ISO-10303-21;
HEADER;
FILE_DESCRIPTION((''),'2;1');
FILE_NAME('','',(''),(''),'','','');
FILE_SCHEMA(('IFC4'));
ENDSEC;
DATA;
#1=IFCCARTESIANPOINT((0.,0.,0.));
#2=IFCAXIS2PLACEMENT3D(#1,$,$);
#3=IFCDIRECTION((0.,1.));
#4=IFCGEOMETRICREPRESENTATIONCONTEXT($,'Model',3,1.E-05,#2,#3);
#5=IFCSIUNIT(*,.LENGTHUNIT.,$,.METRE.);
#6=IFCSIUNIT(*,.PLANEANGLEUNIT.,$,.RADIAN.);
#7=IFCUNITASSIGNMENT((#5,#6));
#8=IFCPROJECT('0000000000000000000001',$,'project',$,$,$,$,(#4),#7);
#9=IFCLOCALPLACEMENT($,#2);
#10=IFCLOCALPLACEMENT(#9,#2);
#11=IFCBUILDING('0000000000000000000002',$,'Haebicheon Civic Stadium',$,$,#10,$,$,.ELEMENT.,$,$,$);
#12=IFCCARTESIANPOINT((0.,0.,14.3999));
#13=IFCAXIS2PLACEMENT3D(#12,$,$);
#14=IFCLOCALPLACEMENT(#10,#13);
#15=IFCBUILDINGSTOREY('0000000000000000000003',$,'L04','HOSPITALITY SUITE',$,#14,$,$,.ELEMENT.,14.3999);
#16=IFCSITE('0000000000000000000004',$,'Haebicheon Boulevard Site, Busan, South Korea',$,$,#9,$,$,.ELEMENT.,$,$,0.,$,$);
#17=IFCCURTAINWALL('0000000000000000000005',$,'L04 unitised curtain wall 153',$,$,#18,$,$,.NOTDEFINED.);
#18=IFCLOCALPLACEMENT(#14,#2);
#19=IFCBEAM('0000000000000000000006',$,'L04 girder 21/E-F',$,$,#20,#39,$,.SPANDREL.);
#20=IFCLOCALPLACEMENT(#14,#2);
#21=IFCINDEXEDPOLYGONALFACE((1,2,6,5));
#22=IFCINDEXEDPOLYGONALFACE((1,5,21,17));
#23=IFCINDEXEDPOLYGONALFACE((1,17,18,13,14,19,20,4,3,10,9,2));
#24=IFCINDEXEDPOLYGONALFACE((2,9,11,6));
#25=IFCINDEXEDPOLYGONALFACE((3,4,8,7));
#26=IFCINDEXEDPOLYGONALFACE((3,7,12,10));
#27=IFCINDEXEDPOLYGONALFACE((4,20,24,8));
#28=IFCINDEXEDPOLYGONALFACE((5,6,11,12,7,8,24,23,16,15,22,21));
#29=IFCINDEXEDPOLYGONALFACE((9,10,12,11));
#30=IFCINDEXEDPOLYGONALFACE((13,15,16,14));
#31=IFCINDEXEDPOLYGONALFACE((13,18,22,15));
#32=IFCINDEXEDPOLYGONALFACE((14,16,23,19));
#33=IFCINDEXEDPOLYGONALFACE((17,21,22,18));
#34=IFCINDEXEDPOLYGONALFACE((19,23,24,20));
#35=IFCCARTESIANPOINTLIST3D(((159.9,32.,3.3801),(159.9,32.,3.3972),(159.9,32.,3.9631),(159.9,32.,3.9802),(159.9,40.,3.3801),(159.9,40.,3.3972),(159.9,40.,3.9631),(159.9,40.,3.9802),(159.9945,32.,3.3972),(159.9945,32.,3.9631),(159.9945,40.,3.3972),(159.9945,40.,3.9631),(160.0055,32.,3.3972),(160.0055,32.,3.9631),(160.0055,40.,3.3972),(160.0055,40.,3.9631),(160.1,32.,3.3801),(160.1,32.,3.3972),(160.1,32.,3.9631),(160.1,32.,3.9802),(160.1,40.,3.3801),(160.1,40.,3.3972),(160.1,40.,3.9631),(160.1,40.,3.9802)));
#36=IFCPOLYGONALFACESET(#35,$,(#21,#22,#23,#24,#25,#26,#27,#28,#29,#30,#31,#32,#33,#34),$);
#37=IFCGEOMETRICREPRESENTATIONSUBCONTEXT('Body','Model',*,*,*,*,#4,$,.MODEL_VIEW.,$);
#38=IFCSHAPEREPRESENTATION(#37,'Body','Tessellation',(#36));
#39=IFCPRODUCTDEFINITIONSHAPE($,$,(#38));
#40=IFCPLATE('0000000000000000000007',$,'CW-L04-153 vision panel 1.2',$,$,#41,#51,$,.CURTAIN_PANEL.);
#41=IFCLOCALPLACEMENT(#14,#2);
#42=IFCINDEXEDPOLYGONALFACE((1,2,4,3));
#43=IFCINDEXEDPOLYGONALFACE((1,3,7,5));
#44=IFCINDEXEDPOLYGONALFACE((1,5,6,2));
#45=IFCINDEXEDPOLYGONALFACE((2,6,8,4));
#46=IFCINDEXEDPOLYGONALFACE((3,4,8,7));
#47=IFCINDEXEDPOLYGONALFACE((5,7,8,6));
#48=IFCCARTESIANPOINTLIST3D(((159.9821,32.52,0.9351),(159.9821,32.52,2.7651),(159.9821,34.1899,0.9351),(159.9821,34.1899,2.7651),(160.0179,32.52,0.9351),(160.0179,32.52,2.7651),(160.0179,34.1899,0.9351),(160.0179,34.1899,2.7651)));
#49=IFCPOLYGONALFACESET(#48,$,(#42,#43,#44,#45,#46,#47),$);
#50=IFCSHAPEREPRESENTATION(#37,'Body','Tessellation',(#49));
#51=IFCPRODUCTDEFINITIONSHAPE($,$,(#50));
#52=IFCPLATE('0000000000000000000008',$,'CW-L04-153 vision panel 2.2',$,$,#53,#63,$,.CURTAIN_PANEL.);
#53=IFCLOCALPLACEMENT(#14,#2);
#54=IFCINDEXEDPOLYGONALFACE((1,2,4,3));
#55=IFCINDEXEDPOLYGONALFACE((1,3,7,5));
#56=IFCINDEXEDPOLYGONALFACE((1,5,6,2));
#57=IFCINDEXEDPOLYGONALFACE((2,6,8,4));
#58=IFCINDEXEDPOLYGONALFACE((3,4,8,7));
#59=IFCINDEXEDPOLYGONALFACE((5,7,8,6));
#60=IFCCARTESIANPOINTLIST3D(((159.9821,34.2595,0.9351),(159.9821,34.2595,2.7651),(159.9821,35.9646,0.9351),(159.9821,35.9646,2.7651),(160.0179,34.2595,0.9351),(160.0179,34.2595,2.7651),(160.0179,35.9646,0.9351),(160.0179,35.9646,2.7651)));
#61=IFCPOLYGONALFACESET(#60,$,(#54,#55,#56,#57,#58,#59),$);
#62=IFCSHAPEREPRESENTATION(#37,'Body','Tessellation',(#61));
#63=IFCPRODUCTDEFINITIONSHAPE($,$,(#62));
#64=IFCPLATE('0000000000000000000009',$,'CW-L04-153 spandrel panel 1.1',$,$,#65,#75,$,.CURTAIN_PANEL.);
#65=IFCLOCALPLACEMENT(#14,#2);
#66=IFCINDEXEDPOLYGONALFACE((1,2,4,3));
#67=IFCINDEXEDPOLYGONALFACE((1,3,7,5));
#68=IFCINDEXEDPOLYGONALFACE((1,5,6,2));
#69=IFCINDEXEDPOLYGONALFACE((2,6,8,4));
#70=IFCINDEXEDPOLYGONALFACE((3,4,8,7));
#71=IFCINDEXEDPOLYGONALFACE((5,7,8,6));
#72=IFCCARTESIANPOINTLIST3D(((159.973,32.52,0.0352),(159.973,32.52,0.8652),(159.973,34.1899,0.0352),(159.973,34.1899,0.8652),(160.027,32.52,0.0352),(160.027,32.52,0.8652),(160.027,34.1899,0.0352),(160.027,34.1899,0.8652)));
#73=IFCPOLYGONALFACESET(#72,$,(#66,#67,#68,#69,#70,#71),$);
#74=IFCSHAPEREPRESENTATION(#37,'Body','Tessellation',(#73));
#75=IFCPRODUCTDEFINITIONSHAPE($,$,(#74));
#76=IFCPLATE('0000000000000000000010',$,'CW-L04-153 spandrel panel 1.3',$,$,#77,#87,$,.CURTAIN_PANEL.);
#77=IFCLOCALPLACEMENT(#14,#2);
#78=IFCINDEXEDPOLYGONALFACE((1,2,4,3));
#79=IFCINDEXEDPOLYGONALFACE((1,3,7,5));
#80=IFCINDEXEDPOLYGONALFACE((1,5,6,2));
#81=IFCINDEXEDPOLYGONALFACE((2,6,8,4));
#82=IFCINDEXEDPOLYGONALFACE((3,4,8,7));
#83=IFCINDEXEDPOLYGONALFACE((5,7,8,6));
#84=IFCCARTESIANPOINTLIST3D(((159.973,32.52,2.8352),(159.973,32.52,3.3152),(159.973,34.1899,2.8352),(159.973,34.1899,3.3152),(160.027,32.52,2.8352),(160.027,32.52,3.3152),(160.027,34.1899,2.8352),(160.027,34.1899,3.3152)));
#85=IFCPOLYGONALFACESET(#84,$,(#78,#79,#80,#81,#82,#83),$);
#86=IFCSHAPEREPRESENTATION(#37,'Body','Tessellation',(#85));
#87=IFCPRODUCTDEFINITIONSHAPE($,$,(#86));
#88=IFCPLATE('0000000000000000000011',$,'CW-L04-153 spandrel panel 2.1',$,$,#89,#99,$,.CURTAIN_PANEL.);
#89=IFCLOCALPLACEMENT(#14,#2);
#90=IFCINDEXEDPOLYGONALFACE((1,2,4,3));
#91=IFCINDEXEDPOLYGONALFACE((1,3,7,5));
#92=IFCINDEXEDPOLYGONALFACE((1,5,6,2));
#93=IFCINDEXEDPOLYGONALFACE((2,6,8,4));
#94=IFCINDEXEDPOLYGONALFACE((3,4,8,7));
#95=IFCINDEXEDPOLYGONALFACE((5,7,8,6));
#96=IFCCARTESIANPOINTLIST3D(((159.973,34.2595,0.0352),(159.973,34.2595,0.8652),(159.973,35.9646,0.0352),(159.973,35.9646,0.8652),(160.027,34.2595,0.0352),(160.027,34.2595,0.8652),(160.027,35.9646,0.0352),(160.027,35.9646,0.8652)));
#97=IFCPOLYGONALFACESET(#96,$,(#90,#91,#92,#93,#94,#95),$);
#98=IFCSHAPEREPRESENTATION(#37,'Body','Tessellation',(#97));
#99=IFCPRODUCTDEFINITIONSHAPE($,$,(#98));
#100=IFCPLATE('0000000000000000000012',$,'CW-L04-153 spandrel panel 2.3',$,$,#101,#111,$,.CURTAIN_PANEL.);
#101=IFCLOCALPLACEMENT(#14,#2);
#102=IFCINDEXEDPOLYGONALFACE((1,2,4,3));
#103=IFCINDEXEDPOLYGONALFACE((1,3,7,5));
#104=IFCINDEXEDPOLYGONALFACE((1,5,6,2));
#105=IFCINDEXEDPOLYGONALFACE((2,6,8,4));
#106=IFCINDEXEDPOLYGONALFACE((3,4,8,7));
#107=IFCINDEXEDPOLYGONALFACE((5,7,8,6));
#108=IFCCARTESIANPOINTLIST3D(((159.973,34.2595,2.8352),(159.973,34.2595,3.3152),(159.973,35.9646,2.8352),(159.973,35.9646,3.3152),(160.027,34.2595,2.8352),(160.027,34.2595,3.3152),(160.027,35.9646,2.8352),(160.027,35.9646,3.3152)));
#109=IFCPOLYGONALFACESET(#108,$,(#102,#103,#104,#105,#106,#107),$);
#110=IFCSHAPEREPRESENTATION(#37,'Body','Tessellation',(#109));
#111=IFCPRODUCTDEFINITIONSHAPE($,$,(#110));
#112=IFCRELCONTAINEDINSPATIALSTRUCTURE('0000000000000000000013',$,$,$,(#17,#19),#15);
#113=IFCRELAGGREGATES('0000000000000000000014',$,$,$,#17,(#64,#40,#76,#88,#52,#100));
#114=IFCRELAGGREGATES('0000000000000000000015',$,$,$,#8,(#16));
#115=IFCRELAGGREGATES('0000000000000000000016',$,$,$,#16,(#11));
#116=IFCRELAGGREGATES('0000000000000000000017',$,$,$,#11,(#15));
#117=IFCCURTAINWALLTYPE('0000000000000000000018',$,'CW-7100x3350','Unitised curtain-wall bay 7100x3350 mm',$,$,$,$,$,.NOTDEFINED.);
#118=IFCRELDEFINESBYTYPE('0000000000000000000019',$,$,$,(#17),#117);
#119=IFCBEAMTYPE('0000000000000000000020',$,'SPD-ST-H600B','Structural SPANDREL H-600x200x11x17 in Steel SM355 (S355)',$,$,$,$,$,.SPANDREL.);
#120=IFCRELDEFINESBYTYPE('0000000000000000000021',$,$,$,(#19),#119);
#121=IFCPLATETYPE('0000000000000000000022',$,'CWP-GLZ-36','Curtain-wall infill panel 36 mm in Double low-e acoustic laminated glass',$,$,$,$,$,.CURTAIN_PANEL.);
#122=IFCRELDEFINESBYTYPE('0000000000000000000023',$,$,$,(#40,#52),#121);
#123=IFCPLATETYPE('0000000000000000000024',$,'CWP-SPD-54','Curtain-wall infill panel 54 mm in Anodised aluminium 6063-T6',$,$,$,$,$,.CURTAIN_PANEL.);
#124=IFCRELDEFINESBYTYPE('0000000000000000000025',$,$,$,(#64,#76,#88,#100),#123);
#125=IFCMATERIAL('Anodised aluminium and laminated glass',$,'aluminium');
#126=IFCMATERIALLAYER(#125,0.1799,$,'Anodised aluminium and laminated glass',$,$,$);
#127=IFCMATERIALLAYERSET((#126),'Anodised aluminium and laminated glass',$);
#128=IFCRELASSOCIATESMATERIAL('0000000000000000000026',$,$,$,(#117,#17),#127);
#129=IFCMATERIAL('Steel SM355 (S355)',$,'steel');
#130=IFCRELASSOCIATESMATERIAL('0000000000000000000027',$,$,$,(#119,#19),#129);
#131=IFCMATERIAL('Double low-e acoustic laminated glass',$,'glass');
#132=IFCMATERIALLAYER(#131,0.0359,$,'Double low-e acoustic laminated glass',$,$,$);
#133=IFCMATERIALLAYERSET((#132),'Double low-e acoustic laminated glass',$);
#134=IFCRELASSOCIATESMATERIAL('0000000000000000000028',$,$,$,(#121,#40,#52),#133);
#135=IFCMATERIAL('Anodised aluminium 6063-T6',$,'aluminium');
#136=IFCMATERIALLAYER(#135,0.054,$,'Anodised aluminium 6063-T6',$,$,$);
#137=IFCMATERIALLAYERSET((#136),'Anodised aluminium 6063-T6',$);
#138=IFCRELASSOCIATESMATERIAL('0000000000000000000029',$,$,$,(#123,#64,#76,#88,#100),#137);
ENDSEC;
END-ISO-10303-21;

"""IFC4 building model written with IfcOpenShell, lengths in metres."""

from ifc_helpers import new_model, si_unit, direction, frame, origin, origin_2d, place, context, subcontext, project, spatial, rectangle, i_section, extrude, material, layer, layer_set, material_profile, profile_set, type_object, element, aggregate, save


model = new_model("IFC4")

# Units and contexts
model_context = context("Model", 3, precision=1e-05, world=origin(), true_north=direction((0.0, 1.0)))
body_context = subcontext(model_context, "Body", "Model", "MODEL_VIEW")
ifc_project = project(units=[si_unit("LENGTHUNIT", "METRE"), si_unit("PLANEANGLEUNIT", "RADIAN")], contexts=[model_context])

# Site, building, storey
site_placement = place(None, origin())
site = spatial("IfcSite", under=ifc_project, at=site_placement, Name="Haebicheon Boulevard Site, Busan, South Korea", CompositionType="ELEMENT", RefElevation=0.0)
building_placement = place(site_placement, origin())
building = spatial("IfcBuilding", under=site, at=building_placement, Name="Haebicheon Civic Stadium", CompositionType="ELEMENT")
storey_placement = place(building_placement, frame((0.0, 0.0, 14.3999)))
storey = spatial("IfcBuildingStorey", under=building, at=storey_placement, Name="L04", Description="HOSPITALITY SUITE", CompositionType="ELEMENT", Elevation=14.3999)

# Curtain wall
ifc_material_1 = material(Name="Anodised aluminium and laminated glass", Category="aluminium")
ifc_layer_1 = layer(ifc_material_1, 0.1799, Name="Anodised aluminium and laminated glass")
ifc_layer_set_1 = layer_set([ifc_layer_1], Name="Anodised aluminium and laminated glass")
curtain_wall_type = type_object("IfcCurtainWallType", Name="CW-7100x3350", Description="Unitised curtain-wall bay 7100x3350 mm", PredefinedType="NOTDEFINED", material=ifc_layer_set_1)
curtain_wall_placement = place(storey_placement, origin())
curtain_wall = element("IfcCurtainWall", 1, at=curtain_wall_placement, inside=storey, type_object=curtain_wall_type, material=ifc_layer_set_1, Name="L04 unitised curtain wall 153", PredefinedType="NOTDEFINED")

# Beam
ifc_material_2 = material(Name="Steel SM355 (S355)", Category="steel")
ifc_material_profile_1 = material_profile(ifc_material_2, i_section(OverallWidth=0.2, OverallDepth=0.6001, WebThickness=0.011, FlangeThickness=0.0171, at=origin_2d()), Name="H-600x200x11x17")
ifc_profile_set_1 = profile_set([ifc_material_profile_1], Name="Steel SM355 (S355)")
beam_type_1 = type_object("IfcBeamType", Name="SPD-ST-H600B", Description="Structural SPANDREL H-600x200x11x17 in Steel SM355 (S355)", PredefinedType="SPANDREL", material=ifc_profile_set_1)
beam_1_placement = place(storey_placement, frame((160.0, 32.0, 3.6802), z_axis=(0.0, 1.0, 0.0), x_axis=(-1.0, 0.0, 0.0)))
element("IfcBeam", 2, at=beam_1_placement, inside=storey, type_object=beam_type_1, material=ifc_profile_set_1, Name="L04 girder 21/E-F", PredefinedType="SPANDREL", context=body_context, shape_type="SweptSolid", body=[
    extrude(i_section(OverallWidth=0.2, OverallDepth=0.6001, WebThickness=0.011, FlangeThickness=0.0171, at=origin_2d()), origin(), (0.0, 0.0, 1.0), 8.0),
])

# Plates
ifc_material_3 = material(Name="Double low-e acoustic laminated glass", Category="glass")
ifc_layer_2 = layer(ifc_material_3, 0.0359, Name="Double low-e acoustic laminated glass")
ifc_layer_set_2 = layer_set([ifc_layer_2], Name="Double low-e acoustic laminated glass")
plate_type_1 = type_object("IfcPlateType", Name="CWP-GLZ-36", Description="Curtain-wall infill panel 36 mm in Double low-e acoustic laminated glass", PredefinedType="CURTAIN_PANEL", material=ifc_layer_set_2)
plate_1_placement = place(storey_placement, frame((160.0, 33.355, 0.9351), z_axis=(0.0, 0.0, 1.0), x_axis=(0.0, 1.0, 0.0)))
plate_1 = element("IfcPlate", 3, at=plate_1_placement, type_object=plate_type_1, material=ifc_layer_set_2, Name="CW-L04-153 vision panel 1.2", PredefinedType="CURTAIN_PANEL", context=body_context, shape_type="SweptSolid", body=[
    extrude(rectangle(XDim=1.6699, YDim=0.0359, at=origin_2d()), origin(), (0.0, 0.0, 1.0), 1.8301),
])
plate_2_placement = place(storey_placement, frame((160.0, 35.1121, 0.9351), z_axis=(0.0, 0.0, 1.0), x_axis=(0.0, 1.0, 0.0)))
plate_2 = element("IfcPlate", 4, at=plate_2_placement, type_object=plate_type_1, material=ifc_layer_set_2, Name="CW-L04-153 vision panel 2.2", PredefinedType="CURTAIN_PANEL", context=body_context, shape_type="SweptSolid", body=[
    extrude(rectangle(XDim=1.7051, YDim=0.0359, at=origin_2d()), origin(), (0.0, 0.0, 1.0), 1.8301),
])
ifc_material_4 = material(Name="Anodised aluminium 6063-T6", Category="aluminium")
ifc_layer_3 = layer(ifc_material_4, 0.054, Name="Anodised aluminium 6063-T6")
ifc_layer_set_3 = layer_set([ifc_layer_3], Name="Anodised aluminium 6063-T6")
plate_type_2 = type_object("IfcPlateType", Name="CWP-SPD-54", Description="Curtain-wall infill panel 54 mm in Anodised aluminium 6063-T6", PredefinedType="CURTAIN_PANEL", material=ifc_layer_set_3)
plate_3_placement = place(storey_placement, frame((160.0, 33.355, 0.0352), z_axis=(0.0, 0.0, 1.0), x_axis=(0.0, 1.0, 0.0)))
plate_3 = element("IfcPlate", 5, at=plate_3_placement, type_object=plate_type_2, material=ifc_layer_set_3, Name="CW-L04-153 spandrel panel 1.1", PredefinedType="CURTAIN_PANEL", context=body_context, shape_type="SweptSolid", body=[
    extrude(rectangle(XDim=1.6699, YDim=0.054, at=origin_2d()), origin(), (0.0, 0.0, 1.0), 0.8301),
])
plate_4_placement = place(storey_placement, frame((160.0, 33.355, 2.8352), z_axis=(0.0, 0.0, 1.0), x_axis=(0.0, 1.0, 0.0)))
plate_4 = element("IfcPlate", 6, at=plate_4_placement, type_object=plate_type_2, material=ifc_layer_set_3, Name="CW-L04-153 spandrel panel 1.3", PredefinedType="CURTAIN_PANEL", context=body_context, shape_type="SweptSolid", body=[
    extrude(rectangle(XDim=1.6699, YDim=0.054, at=origin_2d()), origin(), (0.0, 0.0, 1.0), 0.48),
])
plate_5_placement = place(storey_placement, frame((160.0, 35.1121, 0.0352), z_axis=(0.0, 0.0, 1.0), x_axis=(0.0, 1.0, 0.0)))
plate_5 = element("IfcPlate", 7, at=plate_5_placement, type_object=plate_type_2, material=ifc_layer_set_3, Name="CW-L04-153 spandrel panel 2.1", PredefinedType="CURTAIN_PANEL", context=body_context, shape_type="SweptSolid", body=[
    extrude(rectangle(XDim=1.7051, YDim=0.054, at=origin_2d()), origin(), (0.0, 0.0, 1.0), 0.8301),
])
plate_6_placement = place(storey_placement, frame((160.0, 35.1121, 2.8352), z_axis=(0.0, 0.0, 1.0), x_axis=(0.0, 1.0, 0.0)))
plate_6 = element("IfcPlate", 8, at=plate_6_placement, type_object=plate_type_2, material=ifc_layer_set_3, Name="CW-L04-153 spandrel panel 2.3", PredefinedType="CURTAIN_PANEL", context=body_context, shape_type="SweptSolid", body=[
    extrude(rectangle(XDim=1.7051, YDim=0.054, at=origin_2d()), origin(), (0.0, 0.0, 1.0), 0.48),
])
aggregate(curtain_wall, [plate_3, plate_1, plate_4, plate_5, plate_2, plate_6])

save(model, "model.ifc")
